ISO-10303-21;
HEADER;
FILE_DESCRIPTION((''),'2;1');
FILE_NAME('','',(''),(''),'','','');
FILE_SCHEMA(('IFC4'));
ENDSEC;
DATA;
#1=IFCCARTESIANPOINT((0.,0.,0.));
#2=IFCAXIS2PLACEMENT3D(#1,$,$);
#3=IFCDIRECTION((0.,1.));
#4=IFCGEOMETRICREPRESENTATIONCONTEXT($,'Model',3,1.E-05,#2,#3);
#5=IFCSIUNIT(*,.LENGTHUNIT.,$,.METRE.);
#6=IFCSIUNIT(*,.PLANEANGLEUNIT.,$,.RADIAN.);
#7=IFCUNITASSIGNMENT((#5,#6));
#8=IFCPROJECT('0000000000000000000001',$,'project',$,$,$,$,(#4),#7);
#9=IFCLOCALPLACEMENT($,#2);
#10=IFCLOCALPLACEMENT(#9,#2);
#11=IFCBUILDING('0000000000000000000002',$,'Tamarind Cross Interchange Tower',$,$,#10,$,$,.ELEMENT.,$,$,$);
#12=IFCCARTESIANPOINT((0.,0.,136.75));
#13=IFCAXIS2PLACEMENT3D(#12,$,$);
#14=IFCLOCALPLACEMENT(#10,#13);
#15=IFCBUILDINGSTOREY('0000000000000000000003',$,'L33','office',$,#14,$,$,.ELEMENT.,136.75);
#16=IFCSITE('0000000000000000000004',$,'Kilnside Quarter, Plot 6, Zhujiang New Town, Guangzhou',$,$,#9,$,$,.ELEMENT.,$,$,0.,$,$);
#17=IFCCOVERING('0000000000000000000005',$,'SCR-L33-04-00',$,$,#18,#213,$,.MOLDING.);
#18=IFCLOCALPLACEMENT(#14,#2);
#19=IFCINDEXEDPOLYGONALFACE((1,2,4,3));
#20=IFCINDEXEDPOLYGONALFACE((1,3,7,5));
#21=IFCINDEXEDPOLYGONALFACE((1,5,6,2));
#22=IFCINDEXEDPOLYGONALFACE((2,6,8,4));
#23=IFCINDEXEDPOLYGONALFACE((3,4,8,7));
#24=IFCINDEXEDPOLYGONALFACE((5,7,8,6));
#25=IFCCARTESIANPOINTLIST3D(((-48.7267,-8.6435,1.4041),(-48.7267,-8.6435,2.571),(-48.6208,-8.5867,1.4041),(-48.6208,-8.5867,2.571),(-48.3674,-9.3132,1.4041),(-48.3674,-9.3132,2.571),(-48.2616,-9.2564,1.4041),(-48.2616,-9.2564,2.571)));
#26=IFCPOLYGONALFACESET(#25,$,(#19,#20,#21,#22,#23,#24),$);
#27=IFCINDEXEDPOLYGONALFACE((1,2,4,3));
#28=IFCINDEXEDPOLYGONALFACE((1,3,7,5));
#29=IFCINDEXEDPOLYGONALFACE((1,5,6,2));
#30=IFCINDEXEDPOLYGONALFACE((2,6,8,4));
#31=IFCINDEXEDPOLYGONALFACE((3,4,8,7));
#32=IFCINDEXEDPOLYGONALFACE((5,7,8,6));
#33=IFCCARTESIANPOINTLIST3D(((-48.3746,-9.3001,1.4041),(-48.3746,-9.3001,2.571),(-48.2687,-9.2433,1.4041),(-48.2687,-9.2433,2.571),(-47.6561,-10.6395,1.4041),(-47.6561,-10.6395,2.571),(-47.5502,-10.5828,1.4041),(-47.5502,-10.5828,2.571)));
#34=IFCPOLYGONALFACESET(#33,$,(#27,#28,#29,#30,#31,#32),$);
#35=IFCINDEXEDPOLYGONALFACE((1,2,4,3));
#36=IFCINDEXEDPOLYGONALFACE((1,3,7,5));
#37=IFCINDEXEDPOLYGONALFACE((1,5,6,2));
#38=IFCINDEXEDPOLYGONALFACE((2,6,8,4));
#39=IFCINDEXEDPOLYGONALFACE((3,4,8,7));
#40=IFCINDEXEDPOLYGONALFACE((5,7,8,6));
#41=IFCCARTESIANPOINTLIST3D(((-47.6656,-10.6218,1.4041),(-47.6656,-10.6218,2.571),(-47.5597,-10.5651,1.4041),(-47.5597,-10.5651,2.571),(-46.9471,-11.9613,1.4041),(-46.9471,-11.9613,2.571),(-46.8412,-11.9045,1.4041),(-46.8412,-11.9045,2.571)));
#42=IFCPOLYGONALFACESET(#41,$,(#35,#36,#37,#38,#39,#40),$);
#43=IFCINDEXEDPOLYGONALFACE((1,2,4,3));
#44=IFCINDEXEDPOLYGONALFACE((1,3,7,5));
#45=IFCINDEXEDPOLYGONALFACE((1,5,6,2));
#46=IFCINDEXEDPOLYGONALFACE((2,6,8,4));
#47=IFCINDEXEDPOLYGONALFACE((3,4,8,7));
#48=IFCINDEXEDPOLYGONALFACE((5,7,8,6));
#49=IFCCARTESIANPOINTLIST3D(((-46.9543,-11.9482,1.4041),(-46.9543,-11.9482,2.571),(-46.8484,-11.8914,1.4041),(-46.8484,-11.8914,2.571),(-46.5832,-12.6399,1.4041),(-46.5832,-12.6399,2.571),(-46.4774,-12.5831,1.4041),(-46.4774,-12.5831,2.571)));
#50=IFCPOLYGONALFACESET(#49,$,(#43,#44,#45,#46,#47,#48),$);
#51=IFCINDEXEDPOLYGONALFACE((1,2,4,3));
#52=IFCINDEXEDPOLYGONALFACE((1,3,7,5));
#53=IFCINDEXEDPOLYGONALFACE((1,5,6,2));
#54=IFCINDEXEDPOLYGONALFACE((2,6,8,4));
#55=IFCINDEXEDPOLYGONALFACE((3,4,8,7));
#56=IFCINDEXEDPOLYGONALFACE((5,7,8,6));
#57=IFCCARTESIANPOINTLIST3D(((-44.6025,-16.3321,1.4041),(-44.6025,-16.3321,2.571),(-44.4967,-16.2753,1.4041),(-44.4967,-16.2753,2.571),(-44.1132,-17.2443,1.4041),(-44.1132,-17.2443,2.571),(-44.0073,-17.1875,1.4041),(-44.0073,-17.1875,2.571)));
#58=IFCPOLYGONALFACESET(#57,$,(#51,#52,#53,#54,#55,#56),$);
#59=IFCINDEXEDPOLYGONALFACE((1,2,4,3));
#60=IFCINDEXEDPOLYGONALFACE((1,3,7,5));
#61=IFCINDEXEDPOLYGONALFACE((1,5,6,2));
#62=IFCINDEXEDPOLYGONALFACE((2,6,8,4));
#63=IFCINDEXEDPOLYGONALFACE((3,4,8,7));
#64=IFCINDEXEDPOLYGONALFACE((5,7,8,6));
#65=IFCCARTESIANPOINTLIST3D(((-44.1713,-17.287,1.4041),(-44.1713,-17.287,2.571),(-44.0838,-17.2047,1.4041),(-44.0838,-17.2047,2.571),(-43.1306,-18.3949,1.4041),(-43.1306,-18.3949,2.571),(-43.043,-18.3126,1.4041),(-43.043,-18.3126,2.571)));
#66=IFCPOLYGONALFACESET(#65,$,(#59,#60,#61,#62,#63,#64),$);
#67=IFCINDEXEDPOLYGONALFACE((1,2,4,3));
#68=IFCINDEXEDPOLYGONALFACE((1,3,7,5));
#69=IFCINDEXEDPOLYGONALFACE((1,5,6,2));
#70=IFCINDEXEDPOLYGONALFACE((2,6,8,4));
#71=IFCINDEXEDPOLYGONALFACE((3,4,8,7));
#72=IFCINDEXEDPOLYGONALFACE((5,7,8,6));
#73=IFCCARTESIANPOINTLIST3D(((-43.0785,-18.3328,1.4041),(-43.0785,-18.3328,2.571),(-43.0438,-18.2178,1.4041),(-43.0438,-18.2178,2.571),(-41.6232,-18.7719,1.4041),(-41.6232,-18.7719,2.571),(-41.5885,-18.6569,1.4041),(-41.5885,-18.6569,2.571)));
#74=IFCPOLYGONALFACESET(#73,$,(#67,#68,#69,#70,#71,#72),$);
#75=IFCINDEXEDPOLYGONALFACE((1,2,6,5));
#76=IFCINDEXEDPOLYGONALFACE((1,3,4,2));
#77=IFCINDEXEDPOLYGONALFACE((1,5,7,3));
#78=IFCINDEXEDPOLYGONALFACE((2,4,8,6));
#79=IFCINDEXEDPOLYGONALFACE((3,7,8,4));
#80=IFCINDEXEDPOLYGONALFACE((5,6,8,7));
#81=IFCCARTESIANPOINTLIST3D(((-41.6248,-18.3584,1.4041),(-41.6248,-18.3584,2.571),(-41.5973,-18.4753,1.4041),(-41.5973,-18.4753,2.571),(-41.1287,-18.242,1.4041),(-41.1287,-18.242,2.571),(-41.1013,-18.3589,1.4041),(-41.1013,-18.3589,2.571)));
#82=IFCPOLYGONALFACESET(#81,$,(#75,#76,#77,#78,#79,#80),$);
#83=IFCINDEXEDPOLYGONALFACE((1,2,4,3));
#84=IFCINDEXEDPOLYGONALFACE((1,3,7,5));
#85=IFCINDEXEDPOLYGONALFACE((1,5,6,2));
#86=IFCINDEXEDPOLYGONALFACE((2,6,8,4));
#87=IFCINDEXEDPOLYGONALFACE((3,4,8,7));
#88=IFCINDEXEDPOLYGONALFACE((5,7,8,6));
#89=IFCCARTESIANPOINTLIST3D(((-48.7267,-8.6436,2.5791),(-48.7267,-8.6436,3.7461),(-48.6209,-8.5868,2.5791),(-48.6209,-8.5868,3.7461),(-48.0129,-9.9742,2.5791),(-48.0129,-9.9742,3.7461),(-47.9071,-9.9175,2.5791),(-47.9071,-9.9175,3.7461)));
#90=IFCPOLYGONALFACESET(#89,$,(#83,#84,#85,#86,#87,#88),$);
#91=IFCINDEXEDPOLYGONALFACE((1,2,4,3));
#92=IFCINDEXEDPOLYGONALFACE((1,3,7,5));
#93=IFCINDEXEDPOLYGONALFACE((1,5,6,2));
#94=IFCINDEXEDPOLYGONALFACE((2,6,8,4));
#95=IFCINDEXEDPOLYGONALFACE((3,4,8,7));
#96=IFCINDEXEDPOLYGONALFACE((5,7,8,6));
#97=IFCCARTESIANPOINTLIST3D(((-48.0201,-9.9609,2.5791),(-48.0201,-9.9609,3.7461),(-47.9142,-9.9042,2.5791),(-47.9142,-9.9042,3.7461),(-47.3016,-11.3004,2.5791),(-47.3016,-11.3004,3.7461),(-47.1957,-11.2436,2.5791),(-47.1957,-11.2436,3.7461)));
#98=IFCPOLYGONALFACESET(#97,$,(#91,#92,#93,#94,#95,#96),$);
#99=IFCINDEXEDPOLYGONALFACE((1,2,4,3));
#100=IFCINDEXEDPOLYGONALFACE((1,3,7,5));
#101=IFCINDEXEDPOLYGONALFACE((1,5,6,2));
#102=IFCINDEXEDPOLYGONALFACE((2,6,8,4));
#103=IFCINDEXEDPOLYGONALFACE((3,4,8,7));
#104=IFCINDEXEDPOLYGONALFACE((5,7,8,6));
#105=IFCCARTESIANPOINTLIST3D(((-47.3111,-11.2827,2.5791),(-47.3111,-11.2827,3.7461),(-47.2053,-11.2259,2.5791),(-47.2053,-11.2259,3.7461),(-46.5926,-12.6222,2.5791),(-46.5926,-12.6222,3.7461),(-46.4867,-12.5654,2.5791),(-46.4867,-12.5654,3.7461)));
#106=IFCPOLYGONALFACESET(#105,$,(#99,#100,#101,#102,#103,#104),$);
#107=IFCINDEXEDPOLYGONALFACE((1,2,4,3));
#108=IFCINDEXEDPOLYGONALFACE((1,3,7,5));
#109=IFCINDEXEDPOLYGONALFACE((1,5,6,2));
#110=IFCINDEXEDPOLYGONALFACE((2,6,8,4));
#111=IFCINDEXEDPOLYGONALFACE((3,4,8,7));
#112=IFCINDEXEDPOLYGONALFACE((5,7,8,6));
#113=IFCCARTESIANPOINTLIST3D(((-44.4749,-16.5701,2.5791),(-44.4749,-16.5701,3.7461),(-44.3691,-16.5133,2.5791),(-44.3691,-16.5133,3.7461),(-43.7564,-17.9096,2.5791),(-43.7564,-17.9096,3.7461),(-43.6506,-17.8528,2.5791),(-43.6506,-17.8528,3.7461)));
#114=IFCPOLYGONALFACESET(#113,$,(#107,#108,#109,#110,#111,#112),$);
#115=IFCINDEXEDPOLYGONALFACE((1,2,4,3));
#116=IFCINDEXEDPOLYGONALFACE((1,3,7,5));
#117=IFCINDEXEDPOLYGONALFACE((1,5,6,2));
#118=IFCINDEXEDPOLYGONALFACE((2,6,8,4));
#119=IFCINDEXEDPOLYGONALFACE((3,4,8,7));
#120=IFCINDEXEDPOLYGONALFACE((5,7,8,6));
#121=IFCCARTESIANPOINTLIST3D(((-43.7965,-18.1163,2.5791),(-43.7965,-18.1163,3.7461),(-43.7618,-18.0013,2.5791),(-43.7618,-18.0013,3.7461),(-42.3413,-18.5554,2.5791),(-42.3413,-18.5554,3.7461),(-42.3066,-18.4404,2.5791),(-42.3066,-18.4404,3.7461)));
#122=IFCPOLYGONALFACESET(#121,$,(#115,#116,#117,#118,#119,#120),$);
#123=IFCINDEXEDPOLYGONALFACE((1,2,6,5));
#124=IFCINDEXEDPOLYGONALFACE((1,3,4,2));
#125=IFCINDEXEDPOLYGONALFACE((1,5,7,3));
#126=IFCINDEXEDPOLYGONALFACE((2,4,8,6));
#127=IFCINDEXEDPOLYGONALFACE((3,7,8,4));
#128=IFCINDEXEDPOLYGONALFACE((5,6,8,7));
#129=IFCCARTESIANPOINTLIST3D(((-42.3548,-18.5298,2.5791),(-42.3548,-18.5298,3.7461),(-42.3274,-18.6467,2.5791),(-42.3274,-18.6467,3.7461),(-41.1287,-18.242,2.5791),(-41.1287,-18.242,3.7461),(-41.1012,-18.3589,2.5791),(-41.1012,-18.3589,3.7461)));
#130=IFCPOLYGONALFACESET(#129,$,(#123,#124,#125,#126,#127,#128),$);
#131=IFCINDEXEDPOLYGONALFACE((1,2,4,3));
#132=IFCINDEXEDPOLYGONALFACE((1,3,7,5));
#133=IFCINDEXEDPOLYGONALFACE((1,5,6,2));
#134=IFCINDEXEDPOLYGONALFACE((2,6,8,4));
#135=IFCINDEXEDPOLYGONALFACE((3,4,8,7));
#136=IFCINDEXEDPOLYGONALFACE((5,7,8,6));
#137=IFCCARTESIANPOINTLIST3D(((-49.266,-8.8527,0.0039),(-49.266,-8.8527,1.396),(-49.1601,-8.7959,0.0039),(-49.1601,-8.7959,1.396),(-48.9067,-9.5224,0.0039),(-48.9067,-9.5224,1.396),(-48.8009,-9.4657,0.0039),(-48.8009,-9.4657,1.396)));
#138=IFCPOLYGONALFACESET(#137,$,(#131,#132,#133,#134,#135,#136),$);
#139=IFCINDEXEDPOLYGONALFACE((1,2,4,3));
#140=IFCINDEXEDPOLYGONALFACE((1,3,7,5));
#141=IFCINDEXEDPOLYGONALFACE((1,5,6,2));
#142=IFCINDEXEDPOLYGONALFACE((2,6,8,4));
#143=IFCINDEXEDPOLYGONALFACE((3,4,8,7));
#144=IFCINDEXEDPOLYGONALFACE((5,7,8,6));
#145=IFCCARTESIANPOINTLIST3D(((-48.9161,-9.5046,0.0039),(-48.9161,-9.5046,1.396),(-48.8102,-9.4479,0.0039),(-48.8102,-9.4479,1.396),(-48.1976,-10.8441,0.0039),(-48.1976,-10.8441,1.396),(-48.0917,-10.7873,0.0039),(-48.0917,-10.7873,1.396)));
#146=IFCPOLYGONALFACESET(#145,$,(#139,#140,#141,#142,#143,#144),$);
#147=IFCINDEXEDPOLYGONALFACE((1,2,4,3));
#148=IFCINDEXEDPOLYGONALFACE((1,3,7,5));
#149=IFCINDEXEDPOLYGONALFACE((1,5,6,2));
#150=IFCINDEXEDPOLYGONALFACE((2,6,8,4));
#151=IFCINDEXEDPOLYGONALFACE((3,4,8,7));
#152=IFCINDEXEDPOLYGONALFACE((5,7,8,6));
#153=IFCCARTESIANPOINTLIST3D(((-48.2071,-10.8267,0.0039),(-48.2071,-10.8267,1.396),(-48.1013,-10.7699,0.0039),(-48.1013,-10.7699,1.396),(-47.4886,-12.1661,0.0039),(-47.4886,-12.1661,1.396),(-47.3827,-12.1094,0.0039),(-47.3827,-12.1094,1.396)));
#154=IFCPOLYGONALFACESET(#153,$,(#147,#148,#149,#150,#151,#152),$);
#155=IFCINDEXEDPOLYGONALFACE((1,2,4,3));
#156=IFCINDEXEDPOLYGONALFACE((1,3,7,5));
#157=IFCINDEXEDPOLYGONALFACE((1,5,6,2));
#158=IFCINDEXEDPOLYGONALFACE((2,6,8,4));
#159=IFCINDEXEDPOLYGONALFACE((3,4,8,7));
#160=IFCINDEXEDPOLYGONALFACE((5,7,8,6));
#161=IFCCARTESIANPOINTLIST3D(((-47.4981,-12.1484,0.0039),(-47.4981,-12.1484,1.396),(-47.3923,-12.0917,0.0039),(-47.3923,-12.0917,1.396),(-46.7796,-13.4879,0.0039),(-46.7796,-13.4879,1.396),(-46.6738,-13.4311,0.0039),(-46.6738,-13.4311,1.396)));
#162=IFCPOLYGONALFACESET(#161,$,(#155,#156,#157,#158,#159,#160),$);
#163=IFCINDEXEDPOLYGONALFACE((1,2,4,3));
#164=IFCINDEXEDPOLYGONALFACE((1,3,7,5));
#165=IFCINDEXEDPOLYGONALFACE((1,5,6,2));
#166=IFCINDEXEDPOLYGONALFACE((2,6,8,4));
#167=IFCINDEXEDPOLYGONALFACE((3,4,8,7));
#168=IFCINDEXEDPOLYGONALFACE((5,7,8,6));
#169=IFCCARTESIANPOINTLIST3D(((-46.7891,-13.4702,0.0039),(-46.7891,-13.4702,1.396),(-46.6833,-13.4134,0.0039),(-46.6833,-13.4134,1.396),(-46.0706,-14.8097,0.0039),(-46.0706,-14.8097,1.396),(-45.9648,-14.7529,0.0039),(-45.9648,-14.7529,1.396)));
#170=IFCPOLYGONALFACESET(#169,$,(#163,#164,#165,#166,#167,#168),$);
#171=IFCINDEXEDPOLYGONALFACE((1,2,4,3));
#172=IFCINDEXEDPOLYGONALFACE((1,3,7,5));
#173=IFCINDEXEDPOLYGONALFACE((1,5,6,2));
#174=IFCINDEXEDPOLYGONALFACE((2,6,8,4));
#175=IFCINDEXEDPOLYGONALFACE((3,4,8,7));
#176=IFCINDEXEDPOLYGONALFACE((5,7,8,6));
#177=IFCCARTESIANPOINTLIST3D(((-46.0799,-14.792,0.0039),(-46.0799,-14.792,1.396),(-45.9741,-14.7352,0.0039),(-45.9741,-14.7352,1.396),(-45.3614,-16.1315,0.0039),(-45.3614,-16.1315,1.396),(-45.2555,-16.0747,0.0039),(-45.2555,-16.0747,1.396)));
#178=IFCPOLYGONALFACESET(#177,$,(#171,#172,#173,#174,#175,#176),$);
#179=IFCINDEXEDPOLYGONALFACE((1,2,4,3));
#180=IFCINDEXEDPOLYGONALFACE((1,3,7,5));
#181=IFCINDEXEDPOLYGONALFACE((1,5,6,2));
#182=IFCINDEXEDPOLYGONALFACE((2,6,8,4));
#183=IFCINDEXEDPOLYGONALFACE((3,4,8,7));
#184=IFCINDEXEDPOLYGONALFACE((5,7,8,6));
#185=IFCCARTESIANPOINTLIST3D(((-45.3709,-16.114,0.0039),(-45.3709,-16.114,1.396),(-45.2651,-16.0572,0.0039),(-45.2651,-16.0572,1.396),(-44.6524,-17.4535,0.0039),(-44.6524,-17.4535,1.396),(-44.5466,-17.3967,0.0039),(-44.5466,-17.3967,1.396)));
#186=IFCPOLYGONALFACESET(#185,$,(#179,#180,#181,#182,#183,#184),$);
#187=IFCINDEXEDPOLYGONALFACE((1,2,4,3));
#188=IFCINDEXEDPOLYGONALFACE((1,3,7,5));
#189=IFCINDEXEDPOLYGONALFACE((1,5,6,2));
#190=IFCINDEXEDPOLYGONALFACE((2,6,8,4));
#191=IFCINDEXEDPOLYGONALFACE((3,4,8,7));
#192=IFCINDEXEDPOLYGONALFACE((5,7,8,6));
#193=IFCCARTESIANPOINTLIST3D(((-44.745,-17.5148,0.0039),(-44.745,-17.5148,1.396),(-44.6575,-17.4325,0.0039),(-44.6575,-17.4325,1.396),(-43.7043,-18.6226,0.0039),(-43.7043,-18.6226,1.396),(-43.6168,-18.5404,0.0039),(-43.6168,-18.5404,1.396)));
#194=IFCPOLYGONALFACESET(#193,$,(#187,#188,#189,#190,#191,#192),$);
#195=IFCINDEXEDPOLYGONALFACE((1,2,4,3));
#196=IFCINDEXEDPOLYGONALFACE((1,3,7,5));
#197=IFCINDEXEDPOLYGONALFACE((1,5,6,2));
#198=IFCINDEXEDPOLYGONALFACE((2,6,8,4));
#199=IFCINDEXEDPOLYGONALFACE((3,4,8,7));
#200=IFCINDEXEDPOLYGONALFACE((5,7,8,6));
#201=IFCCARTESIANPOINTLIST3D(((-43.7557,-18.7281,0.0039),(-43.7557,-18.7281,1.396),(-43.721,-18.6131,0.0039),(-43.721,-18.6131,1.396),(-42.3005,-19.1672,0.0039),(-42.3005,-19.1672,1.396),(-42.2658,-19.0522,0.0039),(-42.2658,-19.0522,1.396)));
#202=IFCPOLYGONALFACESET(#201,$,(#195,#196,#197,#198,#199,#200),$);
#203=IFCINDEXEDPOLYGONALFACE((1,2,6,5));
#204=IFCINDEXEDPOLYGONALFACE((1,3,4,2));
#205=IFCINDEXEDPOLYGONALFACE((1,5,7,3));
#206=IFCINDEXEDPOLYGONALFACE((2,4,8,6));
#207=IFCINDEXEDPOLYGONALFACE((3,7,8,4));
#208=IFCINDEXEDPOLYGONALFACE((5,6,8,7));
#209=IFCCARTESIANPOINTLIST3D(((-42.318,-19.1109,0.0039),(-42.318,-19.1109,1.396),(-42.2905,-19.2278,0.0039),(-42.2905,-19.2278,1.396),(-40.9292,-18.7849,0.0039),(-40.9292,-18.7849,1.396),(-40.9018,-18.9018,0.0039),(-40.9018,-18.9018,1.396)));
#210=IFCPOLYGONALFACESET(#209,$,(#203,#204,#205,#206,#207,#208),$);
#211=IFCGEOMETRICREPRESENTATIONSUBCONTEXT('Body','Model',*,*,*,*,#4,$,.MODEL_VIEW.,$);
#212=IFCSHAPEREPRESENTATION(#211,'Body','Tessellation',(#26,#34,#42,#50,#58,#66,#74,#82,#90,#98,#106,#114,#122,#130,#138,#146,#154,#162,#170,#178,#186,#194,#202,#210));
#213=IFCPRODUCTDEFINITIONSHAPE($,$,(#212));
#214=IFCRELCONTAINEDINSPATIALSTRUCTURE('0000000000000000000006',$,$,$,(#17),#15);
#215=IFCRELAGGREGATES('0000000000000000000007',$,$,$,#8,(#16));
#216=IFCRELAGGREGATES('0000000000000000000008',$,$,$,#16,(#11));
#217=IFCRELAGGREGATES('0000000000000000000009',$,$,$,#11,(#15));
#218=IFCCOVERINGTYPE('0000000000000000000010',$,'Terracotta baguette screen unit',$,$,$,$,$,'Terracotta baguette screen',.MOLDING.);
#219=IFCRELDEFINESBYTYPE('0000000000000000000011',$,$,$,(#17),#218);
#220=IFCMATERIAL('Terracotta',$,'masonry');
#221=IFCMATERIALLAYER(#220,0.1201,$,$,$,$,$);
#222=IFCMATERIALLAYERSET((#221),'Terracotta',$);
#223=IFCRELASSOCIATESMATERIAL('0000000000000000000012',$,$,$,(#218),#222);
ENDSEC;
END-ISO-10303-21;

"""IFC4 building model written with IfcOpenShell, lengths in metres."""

from ifc_helpers import new_model, si_unit, direction, frame, origin, origin_2d, place, context, subcontext, project, spatial, rectangle, extrude, material, layer, layer_set, type_object, element, save


model = new_model("IFC4")

# Units and contexts
model_context = context("Model", 3, precision=1e-05, world=origin(), true_north=direction((0.0, 1.0)))
body_context = subcontext(model_context, "Body", "Model", "MODEL_VIEW")
ifc_project = project(units=[si_unit("LENGTHUNIT", "METRE"), si_unit("PLANEANGLEUNIT", "RADIAN")], contexts=[model_context])

# Site, building, storey
site_placement = place(None, origin())
site = spatial("IfcSite", under=ifc_project, at=site_placement, Name="Kilnside Quarter, Plot 6, Zhujiang New Town, Guangzhou", CompositionType="ELEMENT", RefElevation=0.0)
building_placement = place(site_placement, origin())
building = spatial("IfcBuilding", under=site, at=building_placement, Name="Tamarind Cross Interchange Tower", CompositionType="ELEMENT")
storey_placement = place(building_placement, frame((0.0, 0.0, 136.75)))
storey = spatial("IfcBuildingStorey", under=building, at=storey_placement, Name="L33", Description="office", CompositionType="ELEMENT", Elevation=136.75)

# Covering
ifc_material_1 = material(Name="Terracotta", Category="masonry")
ifc_layer_1 = layer(ifc_material_1, 0.1201)
ifc_layer_set_1 = layer_set([ifc_layer_1], Name="Terracotta")
covering_type = type_object("IfcCoveringType", Name="Terracotta baguette screen unit", ElementType="Terracotta baguette screen", PredefinedType="MOLDING", material=ifc_layer_set_1)
covering_1_placement = place(storey_placement, origin())
element("IfcCovering", 1, at=covering_1_placement, inside=storey, type_object=covering_type, Name="SCR-L33-04-00", PredefinedType="MOLDING", context=body_context, shape_type="SweptSolid", body=[
    extrude(rectangle(XDim=0.76, YDim=0.1201, at=origin_2d()), frame((-48.4941, -8.95, 1.4041), z_axis=(0.0, 0.0, 1.0), x_axis=(0.472698, -0.881224, 0.0)), (0.0, 0.0, 1.0), 1.167),
    extrude(rectangle(XDim=1.52, YDim=0.1201, at=origin_2d()), frame((-47.9624, -9.9414, 1.4041), z_axis=(0.0, 0.0, 1.0), x_axis=(0.472698, -0.881224, 0.0)), (0.0, 0.0, 1.0), 1.167),
    extrude(rectangle(XDim=1.52, YDim=0.1201, at=origin_2d()), frame((-47.2534, -11.2632, 1.4041), z_axis=(0.0, 0.0, 1.0), x_axis=(0.472698, -0.881224, 0.0)), (0.0, 0.0, 1.0), 1.167),
    extrude(rectangle(XDim=0.7849, YDim=0.1201, at=origin_2d()), frame((-46.7158, -12.2656, 1.4041), z_axis=(0.0, 0.0, 1.0), x_axis=(0.472698, -0.881224, 0.0)), (0.0, 0.0, 1.0), 1.167),
    extrude(rectangle(XDim=1.0352, YDim=0.1201, at=origin_2d()), frame((-44.3049, -16.7598, 1.4041), z_axis=(0.0, 0.0, 1.0), x_axis=(0.472698, -0.881224, 0.0)), (0.0, 0.0, 1.0), 1.167),
    extrude(rectangle(XDim=1.52, YDim=0.1201, at=origin_2d()), frame((-43.6072, -17.7998, 1.4041), z_axis=(0.0, 0.0, 1.0), x_axis=(0.684669, -0.728854, 0.0)), (0.0, 0.0, 1.0), 1.167),
    extrude(rectangle(XDim=1.52, YDim=0.1201, at=origin_2d()), frame((-42.3335, -18.4949, 1.4041), z_axis=(0.0, 0.0, 1.0), x_axis=(0.957368, -0.288871, 0.0)), (0.0, 0.0, 1.0), 1.167),
    extrude(rectangle(XDim=0.5095, YDim=0.1201, at=origin_2d()), frame((-41.363, -18.3586, 1.4041), z_axis=(0.0, 0.0, 1.0), x_axis=(0.973541, 0.228514, 0.0)), (0.0, 0.0, 1.0), 1.167),
    extrude(rectangle(XDim=1.51, YDim=0.1201, at=origin_2d()), frame((-48.3169, -9.2805, 2.5791), z_axis=(0.0, 0.0, 1.0), x_axis=(0.472698, -0.881224, 0.0)), (0.0, 0.0, 1.0), 1.167),
    extrude(rectangle(XDim=1.52, YDim=0.1201, at=origin_2d()), frame((-47.6079, -10.6023, 2.5791), z_axis=(0.0, 0.0, 1.0), x_axis=(0.472698, -0.881224, 0.0)), (0.0, 0.0, 1.0), 1.167),
    extrude(rectangle(XDim=1.52, YDim=0.1201, at=origin_2d()), frame((-46.8989, -11.9241, 2.5791), z_axis=(0.0, 0.0, 1.0), x_axis=(0.472698, -0.881224, 0.0)), (0.0, 0.0, 1.0), 1.167),
    extrude(rectangle(XDim=1.52, YDim=0.1201, at=origin_2d()), frame((-44.0627, -17.2114, 2.5791), z_axis=(0.0, 0.0, 1.0), x_axis=(0.472698, -0.881224, 0.0)), (0.0, 0.0, 1.0), 1.167),
    extrude(rectangle(XDim=1.52, YDim=0.1201, at=origin_2d()), frame((-43.0515, -18.2783, 2.5791), z_axis=(0.0, 0.0, 1.0), x_axis=(0.957368, -0.288871, 0.0)), (0.0, 0.0, 1.0), 1.167),
    extrude(rectangle(XDim=1.2595, YDim=0.1201, at=origin_2d()), frame((-41.728, -18.4443, 2.5791), z_axis=(0.0, 0.0, 1.0), x_axis=(0.973541, 0.228514, 0.0)), (0.0, 0.0, 1.0), 1.167),
    extrude(rectangle(XDim=0.76, YDim=0.1201, at=origin_2d()), frame((-49.0334, -9.1592, 0.0039), z_axis=(0.0, 0.0, 1.0), x_axis=(0.472698, -0.881224, 0.0)), (0.0, 0.0, 1.0), 1.3921),
    extrude(rectangle(XDim=1.52, YDim=0.1201, at=origin_2d()), frame((-48.5039, -10.146, 0.0039), z_axis=(0.0, 0.0, 1.0), x_axis=(0.472698, -0.881224, 0.0)), (0.0, 0.0, 1.0), 1.3921),
    extrude(rectangle(XDim=1.52, YDim=0.1201, at=origin_2d()), frame((-47.7949, -11.468, 0.0039), z_axis=(0.0, 0.0, 1.0), x_axis=(0.472698, -0.881224, 0.0)), (0.0, 0.0, 1.0), 1.3921),
    extrude(rectangle(XDim=1.52, YDim=0.1201, at=origin_2d()), frame((-47.0859, -12.7898, 0.0039), z_axis=(0.0, 0.0, 1.0), x_axis=(0.472698, -0.881224, 0.0)), (0.0, 0.0, 1.0), 1.3921),
    extrude(rectangle(XDim=1.52, YDim=0.1201, at=origin_2d()), frame((-46.377, -14.1116, 0.0039), z_axis=(0.0, 0.0, 1.0), x_axis=(0.472698, -0.881224, 0.0)), (0.0, 0.0, 1.0), 1.3921),
    extrude(rectangle(XDim=1.52, YDim=0.1201, at=origin_2d()), frame((-45.6677, -15.4333, 0.0039), z_axis=(0.0, 0.0, 1.0), x_axis=(0.472698, -0.881224, 0.0)), (0.0, 0.0, 1.0), 1.3921),
    extrude(rectangle(XDim=1.52, YDim=0.1201, at=origin_2d()), frame((-44.9587, -16.7554, 0.0039), z_axis=(0.0, 0.0, 1.0), x_axis=(0.472698, -0.881224, 0.0)), (0.0, 0.0, 1.0), 1.3921),
    extrude(rectangle(XDim=1.52, YDim=0.1201, at=origin_2d()), frame((-44.1809, -18.0276, 0.0039), z_axis=(0.0, 0.0, 1.0), x_axis=(0.684669, -0.728854, 0.0)), (0.0, 0.0, 1.0), 1.3921),
    extrude(rectangle(XDim=1.52, YDim=0.1201, at=origin_2d()), frame((-43.0107, -18.8901, 0.0039), z_axis=(0.0, 0.0, 1.0), x_axis=(0.957368, -0.288871, 0.0)), (0.0, 0.0, 1.0), 1.3921),
    extrude(rectangle(XDim=1.4265, YDim=0.1201, at=origin_2d()), frame((-41.6099, -19.0063, 0.0039), z_axis=(0.0, 0.0, 1.0), x_axis=(0.973541, 0.228514, 0.0)), (0.0, 0.0, 1.0), 1.3921),
])

save(model, "model.ifc")
